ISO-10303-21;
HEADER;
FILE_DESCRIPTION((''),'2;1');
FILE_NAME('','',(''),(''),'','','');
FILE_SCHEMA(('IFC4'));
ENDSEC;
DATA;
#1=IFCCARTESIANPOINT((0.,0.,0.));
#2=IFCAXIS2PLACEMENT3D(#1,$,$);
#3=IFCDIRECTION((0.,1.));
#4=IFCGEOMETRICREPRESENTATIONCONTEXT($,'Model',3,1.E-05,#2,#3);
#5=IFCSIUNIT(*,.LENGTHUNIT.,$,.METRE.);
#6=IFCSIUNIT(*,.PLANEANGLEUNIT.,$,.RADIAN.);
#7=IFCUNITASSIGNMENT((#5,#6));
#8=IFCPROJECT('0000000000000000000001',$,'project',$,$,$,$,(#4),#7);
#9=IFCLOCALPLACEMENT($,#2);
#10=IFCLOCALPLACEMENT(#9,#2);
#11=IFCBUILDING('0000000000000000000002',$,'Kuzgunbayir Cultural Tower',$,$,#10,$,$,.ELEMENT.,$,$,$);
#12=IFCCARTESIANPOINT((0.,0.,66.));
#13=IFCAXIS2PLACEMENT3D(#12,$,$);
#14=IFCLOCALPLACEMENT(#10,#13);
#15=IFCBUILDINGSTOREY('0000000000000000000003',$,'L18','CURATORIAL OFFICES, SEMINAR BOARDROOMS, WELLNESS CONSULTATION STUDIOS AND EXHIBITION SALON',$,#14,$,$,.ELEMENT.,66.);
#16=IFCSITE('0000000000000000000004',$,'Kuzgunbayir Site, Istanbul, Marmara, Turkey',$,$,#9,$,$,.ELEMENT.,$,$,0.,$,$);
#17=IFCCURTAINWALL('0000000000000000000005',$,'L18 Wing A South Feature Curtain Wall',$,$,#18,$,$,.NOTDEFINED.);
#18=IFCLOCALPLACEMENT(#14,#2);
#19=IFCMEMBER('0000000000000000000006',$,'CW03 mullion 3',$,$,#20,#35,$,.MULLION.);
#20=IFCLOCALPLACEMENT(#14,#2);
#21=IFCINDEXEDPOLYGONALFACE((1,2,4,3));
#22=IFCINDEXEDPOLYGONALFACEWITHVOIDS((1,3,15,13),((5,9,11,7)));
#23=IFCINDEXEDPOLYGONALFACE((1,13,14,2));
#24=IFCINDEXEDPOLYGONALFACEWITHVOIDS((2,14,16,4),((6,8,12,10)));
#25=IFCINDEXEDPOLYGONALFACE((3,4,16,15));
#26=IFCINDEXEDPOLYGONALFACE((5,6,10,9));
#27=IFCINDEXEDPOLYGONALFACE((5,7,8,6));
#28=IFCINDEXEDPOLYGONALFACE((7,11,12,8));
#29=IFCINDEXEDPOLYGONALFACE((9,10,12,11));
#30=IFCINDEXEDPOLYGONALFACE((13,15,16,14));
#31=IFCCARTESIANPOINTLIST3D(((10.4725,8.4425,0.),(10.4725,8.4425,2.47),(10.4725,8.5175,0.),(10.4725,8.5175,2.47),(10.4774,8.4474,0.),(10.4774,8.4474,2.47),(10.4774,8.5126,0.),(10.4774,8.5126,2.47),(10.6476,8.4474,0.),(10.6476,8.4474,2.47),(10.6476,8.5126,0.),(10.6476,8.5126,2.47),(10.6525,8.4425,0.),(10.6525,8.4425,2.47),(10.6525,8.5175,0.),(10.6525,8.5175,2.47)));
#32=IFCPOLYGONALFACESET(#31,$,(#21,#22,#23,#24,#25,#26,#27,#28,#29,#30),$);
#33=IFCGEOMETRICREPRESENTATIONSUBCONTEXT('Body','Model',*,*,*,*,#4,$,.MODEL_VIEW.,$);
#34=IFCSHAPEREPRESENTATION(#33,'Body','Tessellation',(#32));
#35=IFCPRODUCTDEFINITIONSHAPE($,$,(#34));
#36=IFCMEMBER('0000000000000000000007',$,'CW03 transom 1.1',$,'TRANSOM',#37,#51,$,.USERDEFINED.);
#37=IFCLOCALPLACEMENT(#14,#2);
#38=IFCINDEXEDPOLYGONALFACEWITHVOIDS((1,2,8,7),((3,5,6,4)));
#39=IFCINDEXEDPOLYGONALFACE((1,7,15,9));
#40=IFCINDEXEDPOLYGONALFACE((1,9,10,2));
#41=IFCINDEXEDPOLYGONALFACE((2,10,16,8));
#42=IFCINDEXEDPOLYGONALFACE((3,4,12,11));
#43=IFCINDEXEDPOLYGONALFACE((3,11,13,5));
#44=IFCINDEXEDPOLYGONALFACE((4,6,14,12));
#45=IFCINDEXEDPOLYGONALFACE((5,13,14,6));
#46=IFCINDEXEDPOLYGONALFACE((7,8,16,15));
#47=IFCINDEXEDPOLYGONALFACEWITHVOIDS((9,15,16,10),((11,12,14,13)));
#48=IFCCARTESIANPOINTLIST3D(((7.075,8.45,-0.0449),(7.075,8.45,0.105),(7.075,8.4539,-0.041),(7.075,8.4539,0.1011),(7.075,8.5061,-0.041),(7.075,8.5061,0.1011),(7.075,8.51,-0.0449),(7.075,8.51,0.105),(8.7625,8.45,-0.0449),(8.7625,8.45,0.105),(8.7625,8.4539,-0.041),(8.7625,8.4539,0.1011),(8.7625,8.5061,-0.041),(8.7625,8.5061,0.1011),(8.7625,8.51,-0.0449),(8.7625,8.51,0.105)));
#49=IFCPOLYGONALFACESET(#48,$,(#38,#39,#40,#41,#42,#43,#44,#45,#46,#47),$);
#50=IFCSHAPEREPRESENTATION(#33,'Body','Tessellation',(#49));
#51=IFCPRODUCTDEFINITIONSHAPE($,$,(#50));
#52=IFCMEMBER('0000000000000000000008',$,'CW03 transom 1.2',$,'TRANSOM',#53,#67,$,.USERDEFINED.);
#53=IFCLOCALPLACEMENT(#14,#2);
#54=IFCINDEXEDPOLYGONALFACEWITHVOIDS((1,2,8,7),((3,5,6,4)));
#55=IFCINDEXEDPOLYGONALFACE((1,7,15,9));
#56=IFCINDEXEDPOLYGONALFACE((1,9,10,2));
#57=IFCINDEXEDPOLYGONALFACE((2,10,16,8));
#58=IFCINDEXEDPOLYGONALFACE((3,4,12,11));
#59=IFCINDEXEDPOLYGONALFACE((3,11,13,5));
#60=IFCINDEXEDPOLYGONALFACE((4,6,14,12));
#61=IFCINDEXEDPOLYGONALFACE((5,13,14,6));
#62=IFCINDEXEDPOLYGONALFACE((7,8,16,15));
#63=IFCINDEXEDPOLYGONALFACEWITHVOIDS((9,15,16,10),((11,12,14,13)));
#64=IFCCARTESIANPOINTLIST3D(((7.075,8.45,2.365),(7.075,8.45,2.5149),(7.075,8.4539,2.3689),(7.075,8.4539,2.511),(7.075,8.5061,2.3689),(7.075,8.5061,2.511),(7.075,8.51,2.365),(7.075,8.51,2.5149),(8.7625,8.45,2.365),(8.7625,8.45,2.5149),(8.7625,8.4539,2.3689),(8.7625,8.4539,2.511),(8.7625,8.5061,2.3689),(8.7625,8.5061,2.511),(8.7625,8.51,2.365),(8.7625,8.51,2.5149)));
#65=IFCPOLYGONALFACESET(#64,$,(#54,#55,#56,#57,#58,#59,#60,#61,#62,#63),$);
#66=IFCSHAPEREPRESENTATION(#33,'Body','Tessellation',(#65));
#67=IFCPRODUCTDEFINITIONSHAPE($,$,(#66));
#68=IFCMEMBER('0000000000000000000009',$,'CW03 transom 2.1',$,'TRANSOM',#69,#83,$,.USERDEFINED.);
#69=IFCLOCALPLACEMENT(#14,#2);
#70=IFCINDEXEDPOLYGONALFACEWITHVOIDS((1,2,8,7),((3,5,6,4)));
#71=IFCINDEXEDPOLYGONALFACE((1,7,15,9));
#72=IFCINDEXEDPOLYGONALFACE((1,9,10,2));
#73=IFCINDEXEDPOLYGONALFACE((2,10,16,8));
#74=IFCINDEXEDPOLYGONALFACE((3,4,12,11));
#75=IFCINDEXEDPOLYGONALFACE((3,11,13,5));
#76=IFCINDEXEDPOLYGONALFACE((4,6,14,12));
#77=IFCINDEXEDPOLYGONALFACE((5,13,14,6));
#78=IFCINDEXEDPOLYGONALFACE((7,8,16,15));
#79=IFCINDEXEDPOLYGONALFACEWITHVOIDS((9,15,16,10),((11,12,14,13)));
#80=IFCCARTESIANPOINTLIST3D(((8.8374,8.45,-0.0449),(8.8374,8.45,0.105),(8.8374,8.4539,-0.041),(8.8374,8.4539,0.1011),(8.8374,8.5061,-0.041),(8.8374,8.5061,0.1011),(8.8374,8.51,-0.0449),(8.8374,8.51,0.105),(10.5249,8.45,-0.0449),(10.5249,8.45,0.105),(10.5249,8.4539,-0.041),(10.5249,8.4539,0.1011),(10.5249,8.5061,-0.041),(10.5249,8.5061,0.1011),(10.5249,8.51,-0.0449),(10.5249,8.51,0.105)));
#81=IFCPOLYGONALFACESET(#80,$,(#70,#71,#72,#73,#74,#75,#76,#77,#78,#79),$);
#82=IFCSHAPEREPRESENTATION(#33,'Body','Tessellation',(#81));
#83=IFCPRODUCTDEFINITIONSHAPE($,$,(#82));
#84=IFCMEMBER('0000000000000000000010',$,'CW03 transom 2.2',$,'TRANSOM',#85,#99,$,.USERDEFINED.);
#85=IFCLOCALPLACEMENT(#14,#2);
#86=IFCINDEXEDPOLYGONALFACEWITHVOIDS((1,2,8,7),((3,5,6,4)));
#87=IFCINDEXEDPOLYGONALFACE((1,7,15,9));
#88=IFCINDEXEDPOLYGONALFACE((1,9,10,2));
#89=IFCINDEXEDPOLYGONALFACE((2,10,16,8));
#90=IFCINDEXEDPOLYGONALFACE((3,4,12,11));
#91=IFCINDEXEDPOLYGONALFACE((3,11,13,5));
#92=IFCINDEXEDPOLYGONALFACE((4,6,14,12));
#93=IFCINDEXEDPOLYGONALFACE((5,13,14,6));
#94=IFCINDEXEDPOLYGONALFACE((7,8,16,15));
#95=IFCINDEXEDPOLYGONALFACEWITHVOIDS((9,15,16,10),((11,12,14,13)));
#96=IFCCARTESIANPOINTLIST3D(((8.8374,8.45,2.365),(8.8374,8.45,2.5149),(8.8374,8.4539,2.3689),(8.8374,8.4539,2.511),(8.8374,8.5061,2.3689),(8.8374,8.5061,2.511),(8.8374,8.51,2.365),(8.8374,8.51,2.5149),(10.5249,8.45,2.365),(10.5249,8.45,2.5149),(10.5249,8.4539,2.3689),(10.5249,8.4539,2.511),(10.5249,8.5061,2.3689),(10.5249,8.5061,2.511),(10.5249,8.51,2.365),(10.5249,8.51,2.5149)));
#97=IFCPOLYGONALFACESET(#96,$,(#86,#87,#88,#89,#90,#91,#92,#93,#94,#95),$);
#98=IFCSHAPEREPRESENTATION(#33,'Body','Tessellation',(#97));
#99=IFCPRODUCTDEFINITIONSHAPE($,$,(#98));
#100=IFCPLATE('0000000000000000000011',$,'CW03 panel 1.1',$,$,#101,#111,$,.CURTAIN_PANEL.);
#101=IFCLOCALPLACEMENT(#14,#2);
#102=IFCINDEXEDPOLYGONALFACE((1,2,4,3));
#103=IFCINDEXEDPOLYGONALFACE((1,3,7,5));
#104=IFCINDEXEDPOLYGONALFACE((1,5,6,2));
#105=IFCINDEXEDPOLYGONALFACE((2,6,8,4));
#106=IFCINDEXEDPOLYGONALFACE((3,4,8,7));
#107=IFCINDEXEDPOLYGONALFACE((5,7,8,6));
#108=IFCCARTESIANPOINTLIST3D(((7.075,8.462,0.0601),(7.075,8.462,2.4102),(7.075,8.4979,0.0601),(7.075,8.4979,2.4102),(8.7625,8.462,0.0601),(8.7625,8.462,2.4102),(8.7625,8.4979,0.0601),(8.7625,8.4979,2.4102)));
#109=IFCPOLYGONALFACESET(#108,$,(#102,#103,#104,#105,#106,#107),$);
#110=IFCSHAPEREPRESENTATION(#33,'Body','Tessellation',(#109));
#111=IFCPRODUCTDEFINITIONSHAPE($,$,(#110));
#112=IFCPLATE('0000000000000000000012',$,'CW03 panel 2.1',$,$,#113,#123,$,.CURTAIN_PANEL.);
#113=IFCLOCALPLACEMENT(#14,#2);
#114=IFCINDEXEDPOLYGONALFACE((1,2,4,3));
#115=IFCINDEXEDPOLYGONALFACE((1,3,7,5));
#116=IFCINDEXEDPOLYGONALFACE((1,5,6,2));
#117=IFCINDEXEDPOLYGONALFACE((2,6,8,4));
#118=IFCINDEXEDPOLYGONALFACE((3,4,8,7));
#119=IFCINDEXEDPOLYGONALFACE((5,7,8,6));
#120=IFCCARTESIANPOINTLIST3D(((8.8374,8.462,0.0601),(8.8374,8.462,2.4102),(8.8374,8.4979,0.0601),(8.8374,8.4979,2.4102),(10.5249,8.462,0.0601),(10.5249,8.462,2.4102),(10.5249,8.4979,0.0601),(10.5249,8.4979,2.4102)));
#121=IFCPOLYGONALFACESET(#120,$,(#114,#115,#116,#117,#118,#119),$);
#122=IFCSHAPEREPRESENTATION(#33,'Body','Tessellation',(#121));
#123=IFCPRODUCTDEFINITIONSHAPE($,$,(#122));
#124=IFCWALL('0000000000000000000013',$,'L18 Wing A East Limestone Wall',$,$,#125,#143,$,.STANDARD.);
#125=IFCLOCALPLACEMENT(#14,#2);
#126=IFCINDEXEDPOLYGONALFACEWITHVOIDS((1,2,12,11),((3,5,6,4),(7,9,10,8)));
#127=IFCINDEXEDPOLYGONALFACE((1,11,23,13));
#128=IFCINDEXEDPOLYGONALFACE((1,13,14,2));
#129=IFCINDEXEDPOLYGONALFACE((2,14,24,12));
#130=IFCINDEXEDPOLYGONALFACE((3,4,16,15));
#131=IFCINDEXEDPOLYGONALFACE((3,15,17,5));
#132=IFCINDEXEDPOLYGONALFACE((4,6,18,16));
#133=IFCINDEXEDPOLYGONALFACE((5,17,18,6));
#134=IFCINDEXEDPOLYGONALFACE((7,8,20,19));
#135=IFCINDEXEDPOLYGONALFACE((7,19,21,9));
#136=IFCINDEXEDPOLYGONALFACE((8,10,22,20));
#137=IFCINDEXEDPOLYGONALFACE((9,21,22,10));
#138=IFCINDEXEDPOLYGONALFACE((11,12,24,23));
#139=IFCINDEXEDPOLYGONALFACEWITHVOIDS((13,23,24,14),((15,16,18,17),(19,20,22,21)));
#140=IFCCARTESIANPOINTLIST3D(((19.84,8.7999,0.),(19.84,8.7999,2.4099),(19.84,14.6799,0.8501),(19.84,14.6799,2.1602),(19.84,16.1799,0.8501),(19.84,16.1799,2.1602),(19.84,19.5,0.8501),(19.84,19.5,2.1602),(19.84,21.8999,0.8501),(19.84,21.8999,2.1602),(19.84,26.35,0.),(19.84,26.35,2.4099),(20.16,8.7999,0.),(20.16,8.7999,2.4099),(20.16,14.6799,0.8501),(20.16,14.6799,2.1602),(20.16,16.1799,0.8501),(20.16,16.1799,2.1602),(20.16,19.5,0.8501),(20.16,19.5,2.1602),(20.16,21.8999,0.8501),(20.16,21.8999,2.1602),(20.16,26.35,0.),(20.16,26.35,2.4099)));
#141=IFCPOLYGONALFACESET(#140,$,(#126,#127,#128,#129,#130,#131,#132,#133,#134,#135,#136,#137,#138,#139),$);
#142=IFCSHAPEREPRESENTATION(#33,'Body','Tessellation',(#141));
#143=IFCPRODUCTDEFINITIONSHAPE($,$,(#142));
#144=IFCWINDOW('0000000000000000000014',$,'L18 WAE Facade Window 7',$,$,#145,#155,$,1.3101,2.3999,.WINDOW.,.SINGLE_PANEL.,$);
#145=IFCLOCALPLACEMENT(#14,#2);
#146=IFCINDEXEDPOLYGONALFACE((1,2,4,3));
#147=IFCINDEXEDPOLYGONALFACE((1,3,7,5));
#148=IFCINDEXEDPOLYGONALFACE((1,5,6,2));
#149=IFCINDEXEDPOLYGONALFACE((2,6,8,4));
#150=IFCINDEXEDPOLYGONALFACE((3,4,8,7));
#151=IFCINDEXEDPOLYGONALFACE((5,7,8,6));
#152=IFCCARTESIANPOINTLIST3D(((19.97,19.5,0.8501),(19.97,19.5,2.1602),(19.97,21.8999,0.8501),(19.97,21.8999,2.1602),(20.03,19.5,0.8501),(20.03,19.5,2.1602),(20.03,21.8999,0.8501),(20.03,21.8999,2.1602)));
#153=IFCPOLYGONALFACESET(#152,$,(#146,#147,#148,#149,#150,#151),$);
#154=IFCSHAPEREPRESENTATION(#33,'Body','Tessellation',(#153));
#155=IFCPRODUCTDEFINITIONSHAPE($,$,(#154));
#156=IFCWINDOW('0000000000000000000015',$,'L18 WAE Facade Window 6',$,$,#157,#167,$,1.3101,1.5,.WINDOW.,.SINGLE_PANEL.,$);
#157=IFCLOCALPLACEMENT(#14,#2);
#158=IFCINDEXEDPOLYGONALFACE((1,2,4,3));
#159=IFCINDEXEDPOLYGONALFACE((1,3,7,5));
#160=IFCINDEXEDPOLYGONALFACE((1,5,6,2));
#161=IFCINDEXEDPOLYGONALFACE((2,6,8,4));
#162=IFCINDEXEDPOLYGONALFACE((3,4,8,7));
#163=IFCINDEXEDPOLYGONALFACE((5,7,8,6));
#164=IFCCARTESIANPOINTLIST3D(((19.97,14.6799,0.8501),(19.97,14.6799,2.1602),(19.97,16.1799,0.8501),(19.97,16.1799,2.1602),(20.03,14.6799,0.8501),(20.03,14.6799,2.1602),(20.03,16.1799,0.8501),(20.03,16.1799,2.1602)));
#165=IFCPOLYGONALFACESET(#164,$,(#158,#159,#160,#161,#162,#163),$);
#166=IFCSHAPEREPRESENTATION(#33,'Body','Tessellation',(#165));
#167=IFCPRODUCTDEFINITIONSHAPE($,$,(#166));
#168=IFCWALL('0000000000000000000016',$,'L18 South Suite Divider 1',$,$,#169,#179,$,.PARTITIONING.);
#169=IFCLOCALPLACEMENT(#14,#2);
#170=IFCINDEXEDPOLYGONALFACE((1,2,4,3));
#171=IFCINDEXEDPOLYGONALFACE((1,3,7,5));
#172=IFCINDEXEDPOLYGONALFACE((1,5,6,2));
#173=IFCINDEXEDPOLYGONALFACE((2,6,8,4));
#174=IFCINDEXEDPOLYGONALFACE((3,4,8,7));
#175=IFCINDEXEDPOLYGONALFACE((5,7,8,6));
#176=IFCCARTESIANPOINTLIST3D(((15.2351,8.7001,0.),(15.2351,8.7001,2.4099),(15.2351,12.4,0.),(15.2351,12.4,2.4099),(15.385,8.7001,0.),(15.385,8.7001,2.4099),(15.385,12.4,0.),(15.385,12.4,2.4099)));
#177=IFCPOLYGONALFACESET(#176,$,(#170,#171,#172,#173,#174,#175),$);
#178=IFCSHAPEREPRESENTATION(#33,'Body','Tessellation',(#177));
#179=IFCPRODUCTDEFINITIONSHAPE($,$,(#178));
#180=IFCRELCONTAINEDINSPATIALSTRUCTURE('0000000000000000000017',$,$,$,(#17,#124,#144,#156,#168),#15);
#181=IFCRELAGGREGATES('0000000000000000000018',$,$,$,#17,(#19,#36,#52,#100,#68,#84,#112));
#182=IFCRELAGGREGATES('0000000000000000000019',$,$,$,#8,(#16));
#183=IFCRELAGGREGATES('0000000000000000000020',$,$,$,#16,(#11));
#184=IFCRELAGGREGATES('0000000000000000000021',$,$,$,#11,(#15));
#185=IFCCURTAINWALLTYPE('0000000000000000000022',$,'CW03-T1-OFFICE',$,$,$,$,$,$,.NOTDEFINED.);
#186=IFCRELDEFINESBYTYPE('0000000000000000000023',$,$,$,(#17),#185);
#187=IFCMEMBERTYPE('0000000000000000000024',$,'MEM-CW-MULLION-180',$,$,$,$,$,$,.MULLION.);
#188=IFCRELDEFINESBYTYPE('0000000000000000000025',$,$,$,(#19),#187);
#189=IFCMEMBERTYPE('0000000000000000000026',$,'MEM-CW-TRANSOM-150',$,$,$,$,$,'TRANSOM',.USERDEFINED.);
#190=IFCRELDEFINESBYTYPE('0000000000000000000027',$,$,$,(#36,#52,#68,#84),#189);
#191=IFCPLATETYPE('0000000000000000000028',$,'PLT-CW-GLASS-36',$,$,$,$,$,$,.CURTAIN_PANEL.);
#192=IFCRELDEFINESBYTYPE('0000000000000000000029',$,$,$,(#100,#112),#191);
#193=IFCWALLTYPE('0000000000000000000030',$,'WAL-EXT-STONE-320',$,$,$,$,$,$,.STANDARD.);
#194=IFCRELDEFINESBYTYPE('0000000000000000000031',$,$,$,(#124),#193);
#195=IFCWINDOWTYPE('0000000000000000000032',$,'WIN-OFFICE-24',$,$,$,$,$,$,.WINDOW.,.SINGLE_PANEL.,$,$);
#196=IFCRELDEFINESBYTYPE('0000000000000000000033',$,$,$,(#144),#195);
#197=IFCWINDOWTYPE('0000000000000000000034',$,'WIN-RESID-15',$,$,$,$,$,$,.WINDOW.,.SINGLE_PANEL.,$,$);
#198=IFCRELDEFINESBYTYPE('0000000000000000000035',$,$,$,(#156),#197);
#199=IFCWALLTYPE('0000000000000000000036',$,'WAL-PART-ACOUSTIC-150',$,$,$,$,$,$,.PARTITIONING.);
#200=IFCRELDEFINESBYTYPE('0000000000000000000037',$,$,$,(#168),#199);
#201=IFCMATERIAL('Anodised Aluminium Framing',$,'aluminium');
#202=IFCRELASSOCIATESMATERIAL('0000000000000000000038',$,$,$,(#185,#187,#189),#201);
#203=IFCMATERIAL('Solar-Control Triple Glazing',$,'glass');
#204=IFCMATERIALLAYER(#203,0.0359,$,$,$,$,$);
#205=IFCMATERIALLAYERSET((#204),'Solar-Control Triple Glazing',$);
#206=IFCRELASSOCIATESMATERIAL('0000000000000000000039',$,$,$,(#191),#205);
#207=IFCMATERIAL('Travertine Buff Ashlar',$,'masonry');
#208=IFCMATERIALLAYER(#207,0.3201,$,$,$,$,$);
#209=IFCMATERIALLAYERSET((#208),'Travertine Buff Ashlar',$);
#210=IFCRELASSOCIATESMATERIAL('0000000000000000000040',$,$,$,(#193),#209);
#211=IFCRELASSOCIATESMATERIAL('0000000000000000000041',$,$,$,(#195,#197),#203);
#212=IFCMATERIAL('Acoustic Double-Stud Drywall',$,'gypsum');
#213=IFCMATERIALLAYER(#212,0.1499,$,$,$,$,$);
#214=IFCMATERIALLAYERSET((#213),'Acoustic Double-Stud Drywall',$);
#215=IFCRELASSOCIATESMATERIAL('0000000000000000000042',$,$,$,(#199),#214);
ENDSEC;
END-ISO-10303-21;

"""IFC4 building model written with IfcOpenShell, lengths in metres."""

from ifc_helpers import new_model, si_unit, direction, frame, frame_2d, origin, origin_2d, place, context, subcontext, project, spatial, rectangle, hollow_rectangle, extrude, material, layer, layer_set, material_profile, profile_set, type_object, element, fill, aggregate, save


model = new_model("IFC4")

# Units and contexts
model_context = context("Model", 3, precision=1e-05, world=origin(), true_north=direction((0.0, 1.0)))
body_context = subcontext(model_context, "Body", "Model", "MODEL_VIEW")
ifc_project = project(units=[si_unit("LENGTHUNIT", "METRE"), si_unit("PLANEANGLEUNIT", "RADIAN")], contexts=[model_context])

# Site, building, storey
site_placement = place(None, origin())
site = spatial("IfcSite", under=ifc_project, at=site_placement, Name="Kuzgunbayir Site, Istanbul, Marmara, Turkey", CompositionType="ELEMENT", RefElevation=0.0)
building_placement = place(site_placement, origin())
building = spatial("IfcBuilding", under=site, at=building_placement, Name="Kuzgunbayir Cultural Tower", CompositionType="ELEMENT")
storey_placement = place(building_placement, frame((0.0, 0.0, 66.0)))
storey = spatial("IfcBuildingStorey", under=building, at=storey_placement, Name="L18", Description="CURATORIAL OFFICES, SEMINAR BOARDROOMS, WELLNESS CONSULTATION STUDIOS AND EXHIBITION SALON", CompositionType="ELEMENT", Elevation=66.0)

# Curtain wall, members, plates
ifc_material_1 = material(Name="Anodised Aluminium Framing", Category="aluminium")
curtain_wall_type = type_object("IfcCurtainWallType", Name="CW03-T1-OFFICE", PredefinedType="NOTDEFINED", material=ifc_material_1)
curtain_wall_placement = place(storey_placement, origin())
curtain_wall = element("IfcCurtainWall", 1, at=curtain_wall_placement, inside=storey, type_object=curtain_wall_type, Name="L18 Wing A South Feature Curtain Wall", PredefinedType="NOTDEFINED")
ifc_material_profile_1 = material_profile(ifc_material_1, hollow_rectangle(XDim=0.075, YDim=0.1799, WallThickness=0.0049, at=origin_2d()), Name="RHS 180x75x5")
ifc_profile_set_1 = profile_set([ifc_material_profile_1], Name="Anodised Aluminium Framing")
member_type_1 = type_object("IfcMemberType", Name="MEM-CW-MULLION-180", PredefinedType="MULLION", material=ifc_profile_set_1)
member_1_placement = place(storey_placement, frame((10.5625, 8.48, 0.0), z_axis=(0.0, 0.0, 1.0), x_axis=(0.0, 1.0, 0.0)))
member_1 = element("IfcMember", 2, at=member_1_placement, type_object=member_type_1, Name="CW03 mullion 3", PredefinedType="MULLION", context=body_context, shape_type="SweptSolid", body=[
    extrude(hollow_rectangle(XDim=0.075, YDim=0.1799, WallThickness=0.0049, at=origin_2d()), origin(), (0.0, 0.0, 1.0), 2.47),
])
ifc_material_profile_2 = material_profile(ifc_material_1, hollow_rectangle(XDim=0.0601, YDim=0.1499, WallThickness=0.0039, at=origin_2d()), Name="RHS 150x60x4")
ifc_profile_set_2 = profile_set([ifc_material_profile_2], Name="Anodised Aluminium Framing")
member_type_2 = type_object("IfcMemberType", Name="MEM-CW-TRANSOM-150", ElementType="TRANSOM", PredefinedType="USERDEFINED", material=ifc_profile_set_2)
member_2_placement = place(storey_placement, frame((7.075, 8.48, 0.03), z_axis=(1.0, 0.0, 0.0), x_axis=(0.0, 1.0, 0.0)))
member_2 = element("IfcMember", 3, at=member_2_placement, type_object=member_type_2, Name="CW03 transom 1.1", ObjectType="TRANSOM", PredefinedType="USERDEFINED", context=body_context, shape_type="SweptSolid", body=[
    extrude(hollow_rectangle(XDim=0.0601, YDim=0.1499, WallThickness=0.0039, at=origin_2d()), origin(), (0.0, 0.0, 1.0), 1.6875),
])
member_3_placement = place(storey_placement, frame((7.075, 8.48, 2.4399), z_axis=(1.0, 0.0, 0.0), x_axis=(0.0, 1.0, 0.0)))
member_3 = element("IfcMember", 4, at=member_3_placement, type_object=member_type_2, Name="CW03 transom 1.2", ObjectType="TRANSOM", PredefinedType="USERDEFINED", context=body_context, shape_type="SweptSolid", body=[
    extrude(hollow_rectangle(XDim=0.0601, YDim=0.1499, WallThickness=0.0039, at=origin_2d()), origin(), (0.0, 0.0, 1.0), 1.6875),
])
member_4_placement = place(storey_placement, frame((8.8374, 8.48, 0.03), z_axis=(1.0, 0.0, 0.0), x_axis=(0.0, 1.0, 0.0)))
member_4 = element("IfcMember", 5, at=member_4_placement, type_object=member_type_2, Name="CW03 transom 2.1", ObjectType="TRANSOM", PredefinedType="USERDEFINED", context=body_context, shape_type="SweptSolid", body=[
    extrude(hollow_rectangle(XDim=0.0601, YDim=0.1499, WallThickness=0.0039, at=origin_2d()), origin(), (0.0, 0.0, 1.0), 1.6875),
])
member_5_placement = place(storey_placement, frame((8.8374, 8.48, 2.4399), z_axis=(1.0, 0.0, 0.0), x_axis=(0.0, 1.0, 0.0)))
member_5 = element("IfcMember", 6, at=member_5_placement, type_object=member_type_2, Name="CW03 transom 2.2", ObjectType="TRANSOM", PredefinedType="USERDEFINED", context=body_context, shape_type="SweptSolid", body=[
    extrude(hollow_rectangle(XDim=0.0601, YDim=0.1499, WallThickness=0.0039, at=origin_2d()), origin(), (0.0, 0.0, 1.0), 1.6875),
])
ifc_material_2 = material(Name="Solar-Control Triple Glazing", Category="glass")
ifc_layer_1 = layer(ifc_material_2, 0.0359)
ifc_layer_set_1 = layer_set([ifc_layer_1], Name="Solar-Control Triple Glazing")
plate_type = type_object("IfcPlateType", Name="PLT-CW-GLASS-36", PredefinedType="CURTAIN_PANEL", material=ifc_layer_set_1)
plate_1_placement = place(storey_placement, frame((7.9187, 8.48, 0.0601), z_axis=(0.0, 0.0, 1.0), x_axis=(1.0, 0.0, 0.0)))
plate_1 = element("IfcPlate", 7, at=plate_1_placement, type_object=plate_type, Name="CW03 panel 1.1", PredefinedType="CURTAIN_PANEL", context=body_context, shape_type="SweptSolid", body=[
    extrude(rectangle(XDim=1.6875, YDim=0.0359, at=origin_2d()), origin(), (0.0, 0.0, 1.0), 2.3501),
])
plate_2_placement = place(storey_placement, frame((9.6812, 8.48, 0.0601), z_axis=(0.0, 0.0, 1.0), x_axis=(1.0, 0.0, 0.0)))
plate_2 = element("IfcPlate", 8, at=plate_2_placement, type_object=plate_type, Name="CW03 panel 2.1", PredefinedType="CURTAIN_PANEL", context=body_context, shape_type="SweptSolid", body=[
    extrude(rectangle(XDim=1.6875, YDim=0.0359, at=origin_2d()), origin(), (0.0, 0.0, 1.0), 2.3501),
])
aggregate(curtain_wall, [member_1, member_2, member_3, plate_1, member_4, member_5, plate_2])

# Wall, openings, windows
ifc_material_3 = material(Name="Travertine Buff Ashlar", Category="masonry")
ifc_layer_2 = layer(ifc_material_3, 0.3201)
ifc_layer_set_2 = layer_set([ifc_layer_2], Name="Travertine Buff Ashlar")
wall_type_1 = type_object("IfcWallType", Name="WAL-EXT-STONE-320", PredefinedType="STANDARD", material=ifc_layer_set_2)
wall_1_placement = place(storey_placement, frame((20.0, 8.8, 0.0), z_axis=(0.0, 0.0, 1.0), x_axis=(0.0, 1.0, 0.0)))
wall_1 = element("IfcWall", 9, at=wall_1_placement, inside=storey, type_object=wall_type_1, Name="L18 Wing A East Limestone Wall", PredefinedType="STANDARD", context=body_context, shape_type="SweptSolid", body=[
    extrude(rectangle(XDim=17.55, YDim=0.3201, at=frame_2d((8.7749, 0.0))), origin(), (0.0, 0.0, 1.0), 2.4099),
])
opening_1_placement = place(wall_1_placement, frame((5.8799, 0.0, 0.8501)))
opening_1 = element("IfcOpeningElement", 10, at=opening_1_placement, cuts=wall_1, PredefinedType="OPENING", context=body_context, shape_type="SweptSolid", body=[
    extrude(rectangle(XDim=1.5, YDim=1.3101, at=frame_2d((0.75, 0.655))), frame((0.0, 0.1699, 0.0), z_axis=(0.0, -1.0, 0.0), x_axis=(1.0, 0.0, 0.0)), (0.0, 0.0, 1.0), 0.3401),
])
opening_2_placement = place(wall_1_placement, frame((10.7, 0.0, 0.8501)))
opening_2 = element("IfcOpeningElement", 11, at=opening_2_placement, cuts=wall_1, PredefinedType="OPENING", context=body_context, shape_type="SweptSolid", body=[
    extrude(rectangle(XDim=2.3999, YDim=1.3101, at=frame_2d((1.2, 0.655))), frame((0.0, 0.1699, 0.0), z_axis=(0.0, -1.0, 0.0), x_axis=(1.0, 0.0, 0.0)), (0.0, 0.0, 1.0), 0.3401),
])
window_type_1 = type_object("IfcWindowType", Name="WIN-OFFICE-24", PartitioningType="SINGLE_PANEL", PredefinedType="WINDOW", material=ifc_material_2)
window_1_placement = place(opening_2_placement, origin())
window_1 = element("IfcWindow", 12, at=window_1_placement, inside=storey, type_object=window_type_1, Name="L18 WAE Facade Window 7", OverallHeight=1.3101, OverallWidth=2.3999, PartitioningType="SINGLE_PANEL", PredefinedType="WINDOW", context=body_context, shape_type="SweptSolid", body=[
    extrude(rectangle(XDim=2.3999, YDim=1.3101, at=frame_2d((1.2, 0.655))), frame((0.0, 0.03, 0.0), z_axis=(0.0, -1.0, 0.0), x_axis=(1.0, 0.0, 0.0)), (0.0, 0.0, 1.0), 0.0601),
])
fill(opening_2, window_1)
window_type_2 = type_object("IfcWindowType", Name="WIN-RESID-15", PartitioningType="SINGLE_PANEL", PredefinedType="WINDOW", material=ifc_material_2)
window_2_placement = place(opening_1_placement, origin())
window_2 = element("IfcWindow", 13, at=window_2_placement, inside=storey, type_object=window_type_2, Name="L18 WAE Facade Window 6", OverallHeight=1.3101, OverallWidth=1.5, PartitioningType="SINGLE_PANEL", PredefinedType="WINDOW", context=body_context, shape_type="SweptSolid", body=[
    extrude(rectangle(XDim=1.5, YDim=1.3101, at=frame_2d((0.75, 0.655))), frame((0.0, 0.03, 0.0), z_axis=(0.0, -1.0, 0.0), x_axis=(1.0, 0.0, 0.0)), (0.0, 0.0, 1.0), 0.0601),
])
fill(opening_1, window_2)

# Wall
ifc_material_4 = material(Name="Acoustic Double-Stud Drywall", Category="gypsum")
ifc_layer_3 = layer(ifc_material_4, 0.1499)
ifc_layer_set_3 = layer_set([ifc_layer_3], Name="Acoustic Double-Stud Drywall")
wall_type_2 = type_object("IfcWallType", Name="WAL-PART-ACOUSTIC-150", PredefinedType="PARTITIONING", material=ifc_layer_set_3)
wall_2_placement = place(storey_placement, frame((15.3101, 8.7, 0.0), z_axis=(0.0, 0.0, 1.0), x_axis=(0.0, 1.0, 0.0)))
element("IfcWall", 14, at=wall_2_placement, inside=storey, type_object=wall_type_2, Name="L18 South Suite Divider 1", PredefinedType="PARTITIONING", context=body_context, shape_type="SweptSolid", body=[
    extrude(rectangle(XDim=3.7, YDim=0.1499, at=frame_2d((1.8501, 0.0))), origin(), (0.0, 0.0, 1.0), 2.4099),
])

save(model, "model.ifc")
